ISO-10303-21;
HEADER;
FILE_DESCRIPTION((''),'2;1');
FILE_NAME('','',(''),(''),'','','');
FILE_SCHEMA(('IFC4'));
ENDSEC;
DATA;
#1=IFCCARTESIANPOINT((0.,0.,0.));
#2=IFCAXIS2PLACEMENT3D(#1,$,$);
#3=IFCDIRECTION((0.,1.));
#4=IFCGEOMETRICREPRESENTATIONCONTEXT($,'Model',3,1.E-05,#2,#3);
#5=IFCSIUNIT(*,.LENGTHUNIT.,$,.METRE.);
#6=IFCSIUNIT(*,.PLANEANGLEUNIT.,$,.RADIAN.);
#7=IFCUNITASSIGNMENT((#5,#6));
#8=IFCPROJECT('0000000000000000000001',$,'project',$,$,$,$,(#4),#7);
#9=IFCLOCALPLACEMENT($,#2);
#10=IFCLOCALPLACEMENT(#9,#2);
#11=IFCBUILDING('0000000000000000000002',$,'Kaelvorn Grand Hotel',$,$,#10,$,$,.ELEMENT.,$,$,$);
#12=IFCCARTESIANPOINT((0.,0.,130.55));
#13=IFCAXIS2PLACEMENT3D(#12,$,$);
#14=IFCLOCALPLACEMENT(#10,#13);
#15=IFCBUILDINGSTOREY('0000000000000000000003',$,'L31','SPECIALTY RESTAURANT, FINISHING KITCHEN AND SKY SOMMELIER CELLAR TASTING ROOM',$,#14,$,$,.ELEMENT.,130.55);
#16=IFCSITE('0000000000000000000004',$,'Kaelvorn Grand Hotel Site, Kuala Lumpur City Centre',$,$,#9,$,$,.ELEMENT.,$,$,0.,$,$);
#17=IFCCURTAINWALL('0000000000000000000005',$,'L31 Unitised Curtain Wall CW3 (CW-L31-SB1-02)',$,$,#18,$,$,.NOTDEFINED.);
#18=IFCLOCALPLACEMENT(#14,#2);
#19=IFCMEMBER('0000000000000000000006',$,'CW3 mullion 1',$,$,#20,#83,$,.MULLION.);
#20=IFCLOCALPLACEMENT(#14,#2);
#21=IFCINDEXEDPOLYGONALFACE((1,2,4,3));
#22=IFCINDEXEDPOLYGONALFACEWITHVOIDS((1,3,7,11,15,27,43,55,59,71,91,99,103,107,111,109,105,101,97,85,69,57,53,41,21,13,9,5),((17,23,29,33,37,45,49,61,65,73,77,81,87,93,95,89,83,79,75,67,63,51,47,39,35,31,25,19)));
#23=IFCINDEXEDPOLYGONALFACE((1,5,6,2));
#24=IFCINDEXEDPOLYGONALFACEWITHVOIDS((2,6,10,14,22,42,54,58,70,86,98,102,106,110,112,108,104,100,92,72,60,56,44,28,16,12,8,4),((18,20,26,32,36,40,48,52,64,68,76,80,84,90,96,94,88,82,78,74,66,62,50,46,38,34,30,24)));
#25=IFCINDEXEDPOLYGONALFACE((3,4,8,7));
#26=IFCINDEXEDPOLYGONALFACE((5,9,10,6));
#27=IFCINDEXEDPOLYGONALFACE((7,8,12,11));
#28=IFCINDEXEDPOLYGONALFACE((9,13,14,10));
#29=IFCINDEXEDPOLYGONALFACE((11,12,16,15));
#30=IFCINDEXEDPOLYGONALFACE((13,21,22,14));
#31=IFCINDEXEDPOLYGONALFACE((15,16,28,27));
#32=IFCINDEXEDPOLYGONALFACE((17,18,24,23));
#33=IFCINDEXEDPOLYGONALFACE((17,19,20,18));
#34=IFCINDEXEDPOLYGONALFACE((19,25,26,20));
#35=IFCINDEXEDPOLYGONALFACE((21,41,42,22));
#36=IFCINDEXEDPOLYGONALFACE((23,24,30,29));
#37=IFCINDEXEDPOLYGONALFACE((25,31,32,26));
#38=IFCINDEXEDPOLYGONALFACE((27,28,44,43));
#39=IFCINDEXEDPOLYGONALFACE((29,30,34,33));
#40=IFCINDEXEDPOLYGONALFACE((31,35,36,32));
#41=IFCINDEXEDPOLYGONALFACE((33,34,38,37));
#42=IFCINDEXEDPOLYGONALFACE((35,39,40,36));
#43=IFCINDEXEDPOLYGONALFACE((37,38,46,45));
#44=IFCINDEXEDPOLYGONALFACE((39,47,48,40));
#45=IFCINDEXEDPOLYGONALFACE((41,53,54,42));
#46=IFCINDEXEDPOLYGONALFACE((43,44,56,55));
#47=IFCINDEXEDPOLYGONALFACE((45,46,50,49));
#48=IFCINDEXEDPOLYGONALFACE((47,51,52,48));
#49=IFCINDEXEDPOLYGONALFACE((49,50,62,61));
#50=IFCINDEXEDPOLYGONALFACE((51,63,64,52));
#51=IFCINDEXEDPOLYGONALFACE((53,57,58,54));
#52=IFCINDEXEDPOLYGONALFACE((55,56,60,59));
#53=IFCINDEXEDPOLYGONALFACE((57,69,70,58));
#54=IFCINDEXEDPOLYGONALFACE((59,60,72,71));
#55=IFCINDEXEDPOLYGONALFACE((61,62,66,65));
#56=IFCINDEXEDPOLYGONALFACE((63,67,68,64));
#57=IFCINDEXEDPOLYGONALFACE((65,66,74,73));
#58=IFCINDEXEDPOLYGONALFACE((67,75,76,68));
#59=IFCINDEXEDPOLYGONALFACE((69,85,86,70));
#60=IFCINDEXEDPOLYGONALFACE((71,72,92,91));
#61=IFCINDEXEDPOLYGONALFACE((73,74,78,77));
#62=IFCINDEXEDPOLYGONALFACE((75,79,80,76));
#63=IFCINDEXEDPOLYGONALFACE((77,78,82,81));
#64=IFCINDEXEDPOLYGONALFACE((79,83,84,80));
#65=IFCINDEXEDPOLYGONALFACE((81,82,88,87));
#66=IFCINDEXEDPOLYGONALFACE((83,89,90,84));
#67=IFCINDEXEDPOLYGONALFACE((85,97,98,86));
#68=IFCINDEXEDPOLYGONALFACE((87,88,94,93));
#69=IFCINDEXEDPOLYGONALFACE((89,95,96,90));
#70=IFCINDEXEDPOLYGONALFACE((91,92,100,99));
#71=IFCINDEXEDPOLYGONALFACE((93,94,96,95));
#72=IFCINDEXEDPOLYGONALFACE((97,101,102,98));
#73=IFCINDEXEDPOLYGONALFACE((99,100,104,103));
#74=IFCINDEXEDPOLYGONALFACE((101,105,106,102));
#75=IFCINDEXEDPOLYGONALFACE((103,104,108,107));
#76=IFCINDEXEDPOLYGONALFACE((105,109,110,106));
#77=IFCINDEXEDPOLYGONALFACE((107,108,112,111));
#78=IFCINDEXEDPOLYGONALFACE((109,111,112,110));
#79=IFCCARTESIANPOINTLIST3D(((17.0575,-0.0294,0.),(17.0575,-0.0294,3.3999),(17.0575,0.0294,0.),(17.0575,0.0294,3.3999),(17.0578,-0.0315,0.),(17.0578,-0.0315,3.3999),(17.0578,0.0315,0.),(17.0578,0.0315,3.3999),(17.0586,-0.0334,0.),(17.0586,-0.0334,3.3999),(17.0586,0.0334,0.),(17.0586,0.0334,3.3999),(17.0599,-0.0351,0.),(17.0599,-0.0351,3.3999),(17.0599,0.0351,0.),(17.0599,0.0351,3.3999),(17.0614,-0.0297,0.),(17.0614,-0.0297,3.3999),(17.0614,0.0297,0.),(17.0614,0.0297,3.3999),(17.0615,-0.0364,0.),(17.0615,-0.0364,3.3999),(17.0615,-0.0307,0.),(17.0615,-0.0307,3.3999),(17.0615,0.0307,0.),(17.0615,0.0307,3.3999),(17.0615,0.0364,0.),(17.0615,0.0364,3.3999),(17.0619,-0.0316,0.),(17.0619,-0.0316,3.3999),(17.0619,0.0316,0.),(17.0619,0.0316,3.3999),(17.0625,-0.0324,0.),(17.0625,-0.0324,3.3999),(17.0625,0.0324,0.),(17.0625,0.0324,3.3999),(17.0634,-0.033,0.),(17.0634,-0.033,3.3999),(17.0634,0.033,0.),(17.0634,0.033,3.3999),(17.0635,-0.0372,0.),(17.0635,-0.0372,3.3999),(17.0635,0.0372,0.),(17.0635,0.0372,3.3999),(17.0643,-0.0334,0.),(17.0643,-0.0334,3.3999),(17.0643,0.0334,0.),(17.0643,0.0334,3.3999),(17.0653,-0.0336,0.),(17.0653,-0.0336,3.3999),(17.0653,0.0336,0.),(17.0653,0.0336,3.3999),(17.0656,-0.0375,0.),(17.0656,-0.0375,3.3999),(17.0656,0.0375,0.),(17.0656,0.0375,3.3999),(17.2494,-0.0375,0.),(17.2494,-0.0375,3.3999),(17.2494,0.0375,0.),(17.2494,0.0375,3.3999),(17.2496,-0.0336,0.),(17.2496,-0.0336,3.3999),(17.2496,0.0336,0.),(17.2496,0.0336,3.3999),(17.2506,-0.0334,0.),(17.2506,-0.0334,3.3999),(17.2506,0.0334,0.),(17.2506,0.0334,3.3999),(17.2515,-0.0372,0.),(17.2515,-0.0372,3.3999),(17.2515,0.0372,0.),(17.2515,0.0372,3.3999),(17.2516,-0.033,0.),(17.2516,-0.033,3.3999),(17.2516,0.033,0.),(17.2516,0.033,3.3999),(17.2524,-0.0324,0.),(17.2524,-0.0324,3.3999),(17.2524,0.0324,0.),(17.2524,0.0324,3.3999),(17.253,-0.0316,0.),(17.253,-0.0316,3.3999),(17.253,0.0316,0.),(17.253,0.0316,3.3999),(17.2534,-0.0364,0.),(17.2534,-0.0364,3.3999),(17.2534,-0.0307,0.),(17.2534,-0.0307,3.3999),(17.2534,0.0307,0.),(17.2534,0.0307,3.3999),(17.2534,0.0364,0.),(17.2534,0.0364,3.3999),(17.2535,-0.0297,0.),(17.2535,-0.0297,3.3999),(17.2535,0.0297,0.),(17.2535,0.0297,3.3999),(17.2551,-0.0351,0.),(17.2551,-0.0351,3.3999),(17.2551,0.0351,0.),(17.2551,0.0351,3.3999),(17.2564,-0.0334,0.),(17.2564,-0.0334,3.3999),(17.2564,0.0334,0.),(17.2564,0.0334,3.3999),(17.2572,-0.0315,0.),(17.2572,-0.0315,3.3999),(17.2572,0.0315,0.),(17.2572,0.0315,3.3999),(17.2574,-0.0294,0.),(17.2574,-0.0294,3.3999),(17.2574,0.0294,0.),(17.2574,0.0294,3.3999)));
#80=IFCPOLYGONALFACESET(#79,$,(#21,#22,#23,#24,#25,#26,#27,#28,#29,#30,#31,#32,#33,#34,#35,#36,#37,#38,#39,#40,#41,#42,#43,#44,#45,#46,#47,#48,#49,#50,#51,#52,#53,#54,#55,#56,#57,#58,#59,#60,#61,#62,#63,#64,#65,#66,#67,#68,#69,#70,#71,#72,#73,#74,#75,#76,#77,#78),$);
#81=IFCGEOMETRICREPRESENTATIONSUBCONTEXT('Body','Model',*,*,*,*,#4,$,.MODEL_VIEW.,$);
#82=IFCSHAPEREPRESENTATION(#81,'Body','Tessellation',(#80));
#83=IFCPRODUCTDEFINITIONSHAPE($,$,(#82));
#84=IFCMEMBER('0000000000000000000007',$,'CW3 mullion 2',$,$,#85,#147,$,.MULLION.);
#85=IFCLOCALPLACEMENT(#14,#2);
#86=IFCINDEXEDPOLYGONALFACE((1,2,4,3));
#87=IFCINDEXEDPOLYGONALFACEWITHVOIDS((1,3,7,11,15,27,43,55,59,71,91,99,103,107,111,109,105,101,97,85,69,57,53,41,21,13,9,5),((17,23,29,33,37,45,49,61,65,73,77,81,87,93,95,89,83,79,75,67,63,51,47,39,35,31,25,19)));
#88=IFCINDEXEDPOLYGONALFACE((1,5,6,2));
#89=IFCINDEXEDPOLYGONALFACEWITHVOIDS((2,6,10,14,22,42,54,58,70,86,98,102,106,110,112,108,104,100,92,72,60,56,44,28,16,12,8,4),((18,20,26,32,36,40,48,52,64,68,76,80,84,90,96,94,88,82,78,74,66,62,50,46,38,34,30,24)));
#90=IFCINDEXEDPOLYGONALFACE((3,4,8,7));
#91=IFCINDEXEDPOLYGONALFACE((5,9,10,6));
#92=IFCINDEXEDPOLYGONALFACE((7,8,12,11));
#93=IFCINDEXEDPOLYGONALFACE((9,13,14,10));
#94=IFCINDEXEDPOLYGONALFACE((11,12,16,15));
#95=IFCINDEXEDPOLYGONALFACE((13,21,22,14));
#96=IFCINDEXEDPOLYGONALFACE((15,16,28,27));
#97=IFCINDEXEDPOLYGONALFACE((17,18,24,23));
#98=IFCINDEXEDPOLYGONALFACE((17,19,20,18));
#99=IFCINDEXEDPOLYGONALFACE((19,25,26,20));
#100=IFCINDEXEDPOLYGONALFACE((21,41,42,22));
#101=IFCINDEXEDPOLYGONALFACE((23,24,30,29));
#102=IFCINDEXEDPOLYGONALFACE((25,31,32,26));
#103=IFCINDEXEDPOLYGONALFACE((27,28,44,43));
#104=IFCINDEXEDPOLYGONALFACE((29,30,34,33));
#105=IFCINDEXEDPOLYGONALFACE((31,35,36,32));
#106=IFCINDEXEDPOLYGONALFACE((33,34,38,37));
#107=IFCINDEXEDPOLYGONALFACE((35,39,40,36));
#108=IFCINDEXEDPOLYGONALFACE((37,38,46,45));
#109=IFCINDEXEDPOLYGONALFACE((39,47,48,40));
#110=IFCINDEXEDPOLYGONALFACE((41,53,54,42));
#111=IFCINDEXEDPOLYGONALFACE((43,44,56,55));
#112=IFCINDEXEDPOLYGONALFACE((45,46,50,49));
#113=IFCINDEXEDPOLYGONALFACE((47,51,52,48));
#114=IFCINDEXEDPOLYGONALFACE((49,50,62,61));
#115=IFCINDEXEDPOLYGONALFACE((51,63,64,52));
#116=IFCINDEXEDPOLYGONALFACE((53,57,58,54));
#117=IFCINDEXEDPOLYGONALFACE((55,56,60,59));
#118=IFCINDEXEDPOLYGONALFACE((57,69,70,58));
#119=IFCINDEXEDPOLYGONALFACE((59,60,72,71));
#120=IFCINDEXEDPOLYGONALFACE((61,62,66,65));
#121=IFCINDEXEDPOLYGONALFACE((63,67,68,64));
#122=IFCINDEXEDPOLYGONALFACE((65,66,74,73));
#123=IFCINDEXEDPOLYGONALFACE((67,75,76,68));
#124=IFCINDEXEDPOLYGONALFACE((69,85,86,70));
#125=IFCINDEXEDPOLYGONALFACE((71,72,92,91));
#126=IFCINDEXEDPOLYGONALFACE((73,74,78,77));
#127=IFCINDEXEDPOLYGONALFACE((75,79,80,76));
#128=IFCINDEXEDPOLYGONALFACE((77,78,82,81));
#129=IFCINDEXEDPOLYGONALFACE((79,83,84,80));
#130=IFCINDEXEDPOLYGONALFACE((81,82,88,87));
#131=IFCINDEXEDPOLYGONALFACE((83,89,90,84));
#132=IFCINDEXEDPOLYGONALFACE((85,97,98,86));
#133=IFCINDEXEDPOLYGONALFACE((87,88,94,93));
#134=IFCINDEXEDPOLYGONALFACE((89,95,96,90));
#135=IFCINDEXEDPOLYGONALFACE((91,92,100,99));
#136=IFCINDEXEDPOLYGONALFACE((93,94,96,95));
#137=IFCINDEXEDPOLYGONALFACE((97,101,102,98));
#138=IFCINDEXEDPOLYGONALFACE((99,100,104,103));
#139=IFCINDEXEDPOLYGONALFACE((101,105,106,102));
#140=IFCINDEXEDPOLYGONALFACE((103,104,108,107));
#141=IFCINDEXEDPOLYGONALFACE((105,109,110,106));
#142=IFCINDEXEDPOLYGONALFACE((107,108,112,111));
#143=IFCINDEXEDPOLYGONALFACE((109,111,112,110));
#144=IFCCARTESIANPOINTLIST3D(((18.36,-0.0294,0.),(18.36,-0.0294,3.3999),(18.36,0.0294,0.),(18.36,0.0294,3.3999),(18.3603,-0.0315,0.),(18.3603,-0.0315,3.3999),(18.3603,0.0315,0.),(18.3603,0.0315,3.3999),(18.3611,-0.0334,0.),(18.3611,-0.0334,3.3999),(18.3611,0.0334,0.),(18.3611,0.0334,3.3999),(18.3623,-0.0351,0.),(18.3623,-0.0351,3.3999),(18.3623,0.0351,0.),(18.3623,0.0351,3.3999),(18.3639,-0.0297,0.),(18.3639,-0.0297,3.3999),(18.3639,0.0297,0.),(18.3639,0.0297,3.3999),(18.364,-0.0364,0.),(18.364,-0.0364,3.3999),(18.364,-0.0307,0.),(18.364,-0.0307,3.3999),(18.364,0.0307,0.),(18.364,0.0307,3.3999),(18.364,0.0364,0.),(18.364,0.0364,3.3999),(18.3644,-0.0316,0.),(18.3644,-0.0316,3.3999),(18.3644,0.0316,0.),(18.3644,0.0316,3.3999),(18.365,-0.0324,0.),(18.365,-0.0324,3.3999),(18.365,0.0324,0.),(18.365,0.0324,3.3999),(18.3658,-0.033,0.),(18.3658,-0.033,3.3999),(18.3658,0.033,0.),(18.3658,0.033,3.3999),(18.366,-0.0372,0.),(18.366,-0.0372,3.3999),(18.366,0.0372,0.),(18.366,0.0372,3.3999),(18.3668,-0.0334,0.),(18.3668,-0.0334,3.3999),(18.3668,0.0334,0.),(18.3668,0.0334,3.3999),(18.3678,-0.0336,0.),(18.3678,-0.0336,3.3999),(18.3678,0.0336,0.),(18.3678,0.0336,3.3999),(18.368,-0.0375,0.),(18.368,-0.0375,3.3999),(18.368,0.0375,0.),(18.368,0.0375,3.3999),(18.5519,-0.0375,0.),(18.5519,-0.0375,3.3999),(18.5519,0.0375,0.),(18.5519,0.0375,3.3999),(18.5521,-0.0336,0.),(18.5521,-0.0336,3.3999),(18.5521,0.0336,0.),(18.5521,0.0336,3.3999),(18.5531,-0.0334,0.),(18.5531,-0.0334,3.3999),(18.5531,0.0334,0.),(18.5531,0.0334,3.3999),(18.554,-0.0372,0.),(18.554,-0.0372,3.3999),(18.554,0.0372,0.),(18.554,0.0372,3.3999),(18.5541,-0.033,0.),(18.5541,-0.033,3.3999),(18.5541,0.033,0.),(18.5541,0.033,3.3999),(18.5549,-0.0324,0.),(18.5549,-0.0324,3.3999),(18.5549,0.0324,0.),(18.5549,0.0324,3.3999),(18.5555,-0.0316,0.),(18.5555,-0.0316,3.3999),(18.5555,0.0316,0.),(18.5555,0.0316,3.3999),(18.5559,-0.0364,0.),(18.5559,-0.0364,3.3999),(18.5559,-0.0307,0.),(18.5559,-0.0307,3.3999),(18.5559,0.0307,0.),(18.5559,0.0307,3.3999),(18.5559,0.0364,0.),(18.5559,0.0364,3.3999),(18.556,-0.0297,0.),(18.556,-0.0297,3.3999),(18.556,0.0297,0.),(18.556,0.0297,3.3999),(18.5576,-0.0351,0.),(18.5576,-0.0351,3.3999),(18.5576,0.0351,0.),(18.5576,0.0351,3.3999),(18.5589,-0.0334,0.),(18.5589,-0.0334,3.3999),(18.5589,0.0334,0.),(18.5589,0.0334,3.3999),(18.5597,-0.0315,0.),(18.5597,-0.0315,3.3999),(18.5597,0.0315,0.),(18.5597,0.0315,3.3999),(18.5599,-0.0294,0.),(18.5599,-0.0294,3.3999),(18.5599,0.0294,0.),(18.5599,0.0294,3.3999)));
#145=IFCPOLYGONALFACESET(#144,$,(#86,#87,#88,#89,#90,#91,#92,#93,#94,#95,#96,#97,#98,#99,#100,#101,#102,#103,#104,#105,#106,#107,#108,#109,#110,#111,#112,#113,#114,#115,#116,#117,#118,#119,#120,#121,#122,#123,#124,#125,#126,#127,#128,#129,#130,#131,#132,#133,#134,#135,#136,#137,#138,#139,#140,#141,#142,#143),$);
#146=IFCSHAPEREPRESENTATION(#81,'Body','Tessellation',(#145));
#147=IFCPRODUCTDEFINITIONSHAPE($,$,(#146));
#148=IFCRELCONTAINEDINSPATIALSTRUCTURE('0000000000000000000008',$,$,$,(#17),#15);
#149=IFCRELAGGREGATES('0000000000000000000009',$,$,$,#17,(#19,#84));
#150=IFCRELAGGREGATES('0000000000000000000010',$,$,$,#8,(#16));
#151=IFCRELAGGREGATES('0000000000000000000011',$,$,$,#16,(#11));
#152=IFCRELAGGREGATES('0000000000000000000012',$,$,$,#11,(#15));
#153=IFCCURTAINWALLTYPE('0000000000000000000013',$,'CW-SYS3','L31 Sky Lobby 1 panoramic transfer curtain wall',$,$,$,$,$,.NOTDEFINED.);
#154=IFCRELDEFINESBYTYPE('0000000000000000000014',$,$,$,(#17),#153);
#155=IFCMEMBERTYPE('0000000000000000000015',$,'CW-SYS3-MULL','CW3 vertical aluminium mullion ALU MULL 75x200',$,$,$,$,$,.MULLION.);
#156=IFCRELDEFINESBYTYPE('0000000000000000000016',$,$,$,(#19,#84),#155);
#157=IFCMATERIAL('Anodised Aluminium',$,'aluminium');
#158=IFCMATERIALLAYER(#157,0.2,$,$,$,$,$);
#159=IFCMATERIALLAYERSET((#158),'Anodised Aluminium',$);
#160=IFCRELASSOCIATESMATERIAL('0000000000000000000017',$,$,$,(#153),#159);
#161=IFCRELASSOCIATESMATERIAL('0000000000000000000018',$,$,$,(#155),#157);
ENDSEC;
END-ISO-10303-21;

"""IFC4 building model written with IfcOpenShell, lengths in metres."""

from ifc_helpers import new_model, si_unit, direction, frame, origin, origin_2d, place, context, subcontext, project, spatial, hollow_rectangle, extrude, material, layer, layer_set, material_profile, profile_set, type_object, element, aggregate, save


model = new_model("IFC4")

# Units and contexts
model_context = context("Model", 3, precision=1e-05, world=origin(), true_north=direction((0.0, 1.0)))
body_context = subcontext(model_context, "Body", "Model", "MODEL_VIEW")
ifc_project = project(units=[si_unit("LENGTHUNIT", "METRE"), si_unit("PLANEANGLEUNIT", "RADIAN")], contexts=[model_context])

# Site, building, storey
site_placement = place(None, origin())
site = spatial("IfcSite", under=ifc_project, at=site_placement, Name="Kaelvorn Grand Hotel Site, Kuala Lumpur City Centre", CompositionType="ELEMENT", RefElevation=0.0)
building_placement = place(site_placement, origin())
building = spatial("IfcBuilding", under=site, at=building_placement, Name="Kaelvorn Grand Hotel", CompositionType="ELEMENT")
storey_placement = place(building_placement, frame((0.0, 0.0, 130.55)))
storey = spatial("IfcBuildingStorey", under=building, at=storey_placement, Name="L31", Description="SPECIALTY RESTAURANT, FINISHING KITCHEN AND SKY SOMMELIER CELLAR TASTING ROOM", CompositionType="ELEMENT", Elevation=130.55)

# Curtain wall, members
ifc_material_1 = material(Name="Anodised Aluminium", Category="aluminium")
ifc_layer_1 = layer(ifc_material_1, 0.2)
ifc_layer_set_1 = layer_set([ifc_layer_1], Name="Anodised Aluminium")
curtain_wall_type = type_object("IfcCurtainWallType", Name="CW-SYS3", Description="L31 Sky Lobby 1 panoramic transfer curtain wall", PredefinedType="NOTDEFINED", material=ifc_layer_set_1)
curtain_wall_placement = place(storey_placement, origin())
curtain_wall = element("IfcCurtainWall", 1, at=curtain_wall_placement, inside=storey, type_object=curtain_wall_type, Name="L31 Unitised Curtain Wall CW3 (CW-L31-SB1-02)", PredefinedType="NOTDEFINED")
ifc_material_profile_1 = material_profile(ifc_material_1, hollow_rectangle(XDim=0.075, YDim=0.2, WallThickness=0.0039, InnerFilletRadius=0.0039, OuterFilletRadius=0.0081, at=origin_2d()), Name="ALU MULL 75x200")
ifc_profile_set_1 = profile_set([ifc_material_profile_1], Name="Anodised Aluminium")
member_type_1 = type_object("IfcMemberType", Name="CW-SYS3-MULL", Description="CW3 vertical aluminium mullion ALU MULL 75x200", PredefinedType="MULLION", material=ifc_profile_set_1)
member_1_placement = place(storey_placement, frame((17.1575, 0.0, 0.0), z_axis=(0.0, 0.0, 1.0), x_axis=(0.0, 1.0, 0.0)))
member_1 = element("IfcMember", 2, at=member_1_placement, type_object=member_type_1, Name="CW3 mullion 1", PredefinedType="MULLION", context=body_context, shape_type="SweptSolid", body=[
    extrude(hollow_rectangle(XDim=0.075, YDim=0.2, WallThickness=0.0039, InnerFilletRadius=0.0039, OuterFilletRadius=0.0081, at=origin_2d()), origin(), (0.0, 0.0, 1.0), 3.3999),
])
member_2_placement = place(storey_placement, frame((18.46, 0.0, 0.0), z_axis=(0.0, 0.0, 1.0), x_axis=(0.0, 1.0, 0.0)))
member_2 = element("IfcMember", 3, at=member_2_placement, type_object=member_type_1, Name="CW3 mullion 2", PredefinedType="MULLION", context=body_context, shape_type="SweptSolid", body=[
    extrude(hollow_rectangle(XDim=0.075, YDim=0.2, WallThickness=0.0039, InnerFilletRadius=0.0039, OuterFilletRadius=0.0081, at=origin_2d()), origin(), (0.0, 0.0, 1.0), 3.3999),
])
aggregate(curtain_wall, [member_1, member_2])

save(model, "model.ifc")
